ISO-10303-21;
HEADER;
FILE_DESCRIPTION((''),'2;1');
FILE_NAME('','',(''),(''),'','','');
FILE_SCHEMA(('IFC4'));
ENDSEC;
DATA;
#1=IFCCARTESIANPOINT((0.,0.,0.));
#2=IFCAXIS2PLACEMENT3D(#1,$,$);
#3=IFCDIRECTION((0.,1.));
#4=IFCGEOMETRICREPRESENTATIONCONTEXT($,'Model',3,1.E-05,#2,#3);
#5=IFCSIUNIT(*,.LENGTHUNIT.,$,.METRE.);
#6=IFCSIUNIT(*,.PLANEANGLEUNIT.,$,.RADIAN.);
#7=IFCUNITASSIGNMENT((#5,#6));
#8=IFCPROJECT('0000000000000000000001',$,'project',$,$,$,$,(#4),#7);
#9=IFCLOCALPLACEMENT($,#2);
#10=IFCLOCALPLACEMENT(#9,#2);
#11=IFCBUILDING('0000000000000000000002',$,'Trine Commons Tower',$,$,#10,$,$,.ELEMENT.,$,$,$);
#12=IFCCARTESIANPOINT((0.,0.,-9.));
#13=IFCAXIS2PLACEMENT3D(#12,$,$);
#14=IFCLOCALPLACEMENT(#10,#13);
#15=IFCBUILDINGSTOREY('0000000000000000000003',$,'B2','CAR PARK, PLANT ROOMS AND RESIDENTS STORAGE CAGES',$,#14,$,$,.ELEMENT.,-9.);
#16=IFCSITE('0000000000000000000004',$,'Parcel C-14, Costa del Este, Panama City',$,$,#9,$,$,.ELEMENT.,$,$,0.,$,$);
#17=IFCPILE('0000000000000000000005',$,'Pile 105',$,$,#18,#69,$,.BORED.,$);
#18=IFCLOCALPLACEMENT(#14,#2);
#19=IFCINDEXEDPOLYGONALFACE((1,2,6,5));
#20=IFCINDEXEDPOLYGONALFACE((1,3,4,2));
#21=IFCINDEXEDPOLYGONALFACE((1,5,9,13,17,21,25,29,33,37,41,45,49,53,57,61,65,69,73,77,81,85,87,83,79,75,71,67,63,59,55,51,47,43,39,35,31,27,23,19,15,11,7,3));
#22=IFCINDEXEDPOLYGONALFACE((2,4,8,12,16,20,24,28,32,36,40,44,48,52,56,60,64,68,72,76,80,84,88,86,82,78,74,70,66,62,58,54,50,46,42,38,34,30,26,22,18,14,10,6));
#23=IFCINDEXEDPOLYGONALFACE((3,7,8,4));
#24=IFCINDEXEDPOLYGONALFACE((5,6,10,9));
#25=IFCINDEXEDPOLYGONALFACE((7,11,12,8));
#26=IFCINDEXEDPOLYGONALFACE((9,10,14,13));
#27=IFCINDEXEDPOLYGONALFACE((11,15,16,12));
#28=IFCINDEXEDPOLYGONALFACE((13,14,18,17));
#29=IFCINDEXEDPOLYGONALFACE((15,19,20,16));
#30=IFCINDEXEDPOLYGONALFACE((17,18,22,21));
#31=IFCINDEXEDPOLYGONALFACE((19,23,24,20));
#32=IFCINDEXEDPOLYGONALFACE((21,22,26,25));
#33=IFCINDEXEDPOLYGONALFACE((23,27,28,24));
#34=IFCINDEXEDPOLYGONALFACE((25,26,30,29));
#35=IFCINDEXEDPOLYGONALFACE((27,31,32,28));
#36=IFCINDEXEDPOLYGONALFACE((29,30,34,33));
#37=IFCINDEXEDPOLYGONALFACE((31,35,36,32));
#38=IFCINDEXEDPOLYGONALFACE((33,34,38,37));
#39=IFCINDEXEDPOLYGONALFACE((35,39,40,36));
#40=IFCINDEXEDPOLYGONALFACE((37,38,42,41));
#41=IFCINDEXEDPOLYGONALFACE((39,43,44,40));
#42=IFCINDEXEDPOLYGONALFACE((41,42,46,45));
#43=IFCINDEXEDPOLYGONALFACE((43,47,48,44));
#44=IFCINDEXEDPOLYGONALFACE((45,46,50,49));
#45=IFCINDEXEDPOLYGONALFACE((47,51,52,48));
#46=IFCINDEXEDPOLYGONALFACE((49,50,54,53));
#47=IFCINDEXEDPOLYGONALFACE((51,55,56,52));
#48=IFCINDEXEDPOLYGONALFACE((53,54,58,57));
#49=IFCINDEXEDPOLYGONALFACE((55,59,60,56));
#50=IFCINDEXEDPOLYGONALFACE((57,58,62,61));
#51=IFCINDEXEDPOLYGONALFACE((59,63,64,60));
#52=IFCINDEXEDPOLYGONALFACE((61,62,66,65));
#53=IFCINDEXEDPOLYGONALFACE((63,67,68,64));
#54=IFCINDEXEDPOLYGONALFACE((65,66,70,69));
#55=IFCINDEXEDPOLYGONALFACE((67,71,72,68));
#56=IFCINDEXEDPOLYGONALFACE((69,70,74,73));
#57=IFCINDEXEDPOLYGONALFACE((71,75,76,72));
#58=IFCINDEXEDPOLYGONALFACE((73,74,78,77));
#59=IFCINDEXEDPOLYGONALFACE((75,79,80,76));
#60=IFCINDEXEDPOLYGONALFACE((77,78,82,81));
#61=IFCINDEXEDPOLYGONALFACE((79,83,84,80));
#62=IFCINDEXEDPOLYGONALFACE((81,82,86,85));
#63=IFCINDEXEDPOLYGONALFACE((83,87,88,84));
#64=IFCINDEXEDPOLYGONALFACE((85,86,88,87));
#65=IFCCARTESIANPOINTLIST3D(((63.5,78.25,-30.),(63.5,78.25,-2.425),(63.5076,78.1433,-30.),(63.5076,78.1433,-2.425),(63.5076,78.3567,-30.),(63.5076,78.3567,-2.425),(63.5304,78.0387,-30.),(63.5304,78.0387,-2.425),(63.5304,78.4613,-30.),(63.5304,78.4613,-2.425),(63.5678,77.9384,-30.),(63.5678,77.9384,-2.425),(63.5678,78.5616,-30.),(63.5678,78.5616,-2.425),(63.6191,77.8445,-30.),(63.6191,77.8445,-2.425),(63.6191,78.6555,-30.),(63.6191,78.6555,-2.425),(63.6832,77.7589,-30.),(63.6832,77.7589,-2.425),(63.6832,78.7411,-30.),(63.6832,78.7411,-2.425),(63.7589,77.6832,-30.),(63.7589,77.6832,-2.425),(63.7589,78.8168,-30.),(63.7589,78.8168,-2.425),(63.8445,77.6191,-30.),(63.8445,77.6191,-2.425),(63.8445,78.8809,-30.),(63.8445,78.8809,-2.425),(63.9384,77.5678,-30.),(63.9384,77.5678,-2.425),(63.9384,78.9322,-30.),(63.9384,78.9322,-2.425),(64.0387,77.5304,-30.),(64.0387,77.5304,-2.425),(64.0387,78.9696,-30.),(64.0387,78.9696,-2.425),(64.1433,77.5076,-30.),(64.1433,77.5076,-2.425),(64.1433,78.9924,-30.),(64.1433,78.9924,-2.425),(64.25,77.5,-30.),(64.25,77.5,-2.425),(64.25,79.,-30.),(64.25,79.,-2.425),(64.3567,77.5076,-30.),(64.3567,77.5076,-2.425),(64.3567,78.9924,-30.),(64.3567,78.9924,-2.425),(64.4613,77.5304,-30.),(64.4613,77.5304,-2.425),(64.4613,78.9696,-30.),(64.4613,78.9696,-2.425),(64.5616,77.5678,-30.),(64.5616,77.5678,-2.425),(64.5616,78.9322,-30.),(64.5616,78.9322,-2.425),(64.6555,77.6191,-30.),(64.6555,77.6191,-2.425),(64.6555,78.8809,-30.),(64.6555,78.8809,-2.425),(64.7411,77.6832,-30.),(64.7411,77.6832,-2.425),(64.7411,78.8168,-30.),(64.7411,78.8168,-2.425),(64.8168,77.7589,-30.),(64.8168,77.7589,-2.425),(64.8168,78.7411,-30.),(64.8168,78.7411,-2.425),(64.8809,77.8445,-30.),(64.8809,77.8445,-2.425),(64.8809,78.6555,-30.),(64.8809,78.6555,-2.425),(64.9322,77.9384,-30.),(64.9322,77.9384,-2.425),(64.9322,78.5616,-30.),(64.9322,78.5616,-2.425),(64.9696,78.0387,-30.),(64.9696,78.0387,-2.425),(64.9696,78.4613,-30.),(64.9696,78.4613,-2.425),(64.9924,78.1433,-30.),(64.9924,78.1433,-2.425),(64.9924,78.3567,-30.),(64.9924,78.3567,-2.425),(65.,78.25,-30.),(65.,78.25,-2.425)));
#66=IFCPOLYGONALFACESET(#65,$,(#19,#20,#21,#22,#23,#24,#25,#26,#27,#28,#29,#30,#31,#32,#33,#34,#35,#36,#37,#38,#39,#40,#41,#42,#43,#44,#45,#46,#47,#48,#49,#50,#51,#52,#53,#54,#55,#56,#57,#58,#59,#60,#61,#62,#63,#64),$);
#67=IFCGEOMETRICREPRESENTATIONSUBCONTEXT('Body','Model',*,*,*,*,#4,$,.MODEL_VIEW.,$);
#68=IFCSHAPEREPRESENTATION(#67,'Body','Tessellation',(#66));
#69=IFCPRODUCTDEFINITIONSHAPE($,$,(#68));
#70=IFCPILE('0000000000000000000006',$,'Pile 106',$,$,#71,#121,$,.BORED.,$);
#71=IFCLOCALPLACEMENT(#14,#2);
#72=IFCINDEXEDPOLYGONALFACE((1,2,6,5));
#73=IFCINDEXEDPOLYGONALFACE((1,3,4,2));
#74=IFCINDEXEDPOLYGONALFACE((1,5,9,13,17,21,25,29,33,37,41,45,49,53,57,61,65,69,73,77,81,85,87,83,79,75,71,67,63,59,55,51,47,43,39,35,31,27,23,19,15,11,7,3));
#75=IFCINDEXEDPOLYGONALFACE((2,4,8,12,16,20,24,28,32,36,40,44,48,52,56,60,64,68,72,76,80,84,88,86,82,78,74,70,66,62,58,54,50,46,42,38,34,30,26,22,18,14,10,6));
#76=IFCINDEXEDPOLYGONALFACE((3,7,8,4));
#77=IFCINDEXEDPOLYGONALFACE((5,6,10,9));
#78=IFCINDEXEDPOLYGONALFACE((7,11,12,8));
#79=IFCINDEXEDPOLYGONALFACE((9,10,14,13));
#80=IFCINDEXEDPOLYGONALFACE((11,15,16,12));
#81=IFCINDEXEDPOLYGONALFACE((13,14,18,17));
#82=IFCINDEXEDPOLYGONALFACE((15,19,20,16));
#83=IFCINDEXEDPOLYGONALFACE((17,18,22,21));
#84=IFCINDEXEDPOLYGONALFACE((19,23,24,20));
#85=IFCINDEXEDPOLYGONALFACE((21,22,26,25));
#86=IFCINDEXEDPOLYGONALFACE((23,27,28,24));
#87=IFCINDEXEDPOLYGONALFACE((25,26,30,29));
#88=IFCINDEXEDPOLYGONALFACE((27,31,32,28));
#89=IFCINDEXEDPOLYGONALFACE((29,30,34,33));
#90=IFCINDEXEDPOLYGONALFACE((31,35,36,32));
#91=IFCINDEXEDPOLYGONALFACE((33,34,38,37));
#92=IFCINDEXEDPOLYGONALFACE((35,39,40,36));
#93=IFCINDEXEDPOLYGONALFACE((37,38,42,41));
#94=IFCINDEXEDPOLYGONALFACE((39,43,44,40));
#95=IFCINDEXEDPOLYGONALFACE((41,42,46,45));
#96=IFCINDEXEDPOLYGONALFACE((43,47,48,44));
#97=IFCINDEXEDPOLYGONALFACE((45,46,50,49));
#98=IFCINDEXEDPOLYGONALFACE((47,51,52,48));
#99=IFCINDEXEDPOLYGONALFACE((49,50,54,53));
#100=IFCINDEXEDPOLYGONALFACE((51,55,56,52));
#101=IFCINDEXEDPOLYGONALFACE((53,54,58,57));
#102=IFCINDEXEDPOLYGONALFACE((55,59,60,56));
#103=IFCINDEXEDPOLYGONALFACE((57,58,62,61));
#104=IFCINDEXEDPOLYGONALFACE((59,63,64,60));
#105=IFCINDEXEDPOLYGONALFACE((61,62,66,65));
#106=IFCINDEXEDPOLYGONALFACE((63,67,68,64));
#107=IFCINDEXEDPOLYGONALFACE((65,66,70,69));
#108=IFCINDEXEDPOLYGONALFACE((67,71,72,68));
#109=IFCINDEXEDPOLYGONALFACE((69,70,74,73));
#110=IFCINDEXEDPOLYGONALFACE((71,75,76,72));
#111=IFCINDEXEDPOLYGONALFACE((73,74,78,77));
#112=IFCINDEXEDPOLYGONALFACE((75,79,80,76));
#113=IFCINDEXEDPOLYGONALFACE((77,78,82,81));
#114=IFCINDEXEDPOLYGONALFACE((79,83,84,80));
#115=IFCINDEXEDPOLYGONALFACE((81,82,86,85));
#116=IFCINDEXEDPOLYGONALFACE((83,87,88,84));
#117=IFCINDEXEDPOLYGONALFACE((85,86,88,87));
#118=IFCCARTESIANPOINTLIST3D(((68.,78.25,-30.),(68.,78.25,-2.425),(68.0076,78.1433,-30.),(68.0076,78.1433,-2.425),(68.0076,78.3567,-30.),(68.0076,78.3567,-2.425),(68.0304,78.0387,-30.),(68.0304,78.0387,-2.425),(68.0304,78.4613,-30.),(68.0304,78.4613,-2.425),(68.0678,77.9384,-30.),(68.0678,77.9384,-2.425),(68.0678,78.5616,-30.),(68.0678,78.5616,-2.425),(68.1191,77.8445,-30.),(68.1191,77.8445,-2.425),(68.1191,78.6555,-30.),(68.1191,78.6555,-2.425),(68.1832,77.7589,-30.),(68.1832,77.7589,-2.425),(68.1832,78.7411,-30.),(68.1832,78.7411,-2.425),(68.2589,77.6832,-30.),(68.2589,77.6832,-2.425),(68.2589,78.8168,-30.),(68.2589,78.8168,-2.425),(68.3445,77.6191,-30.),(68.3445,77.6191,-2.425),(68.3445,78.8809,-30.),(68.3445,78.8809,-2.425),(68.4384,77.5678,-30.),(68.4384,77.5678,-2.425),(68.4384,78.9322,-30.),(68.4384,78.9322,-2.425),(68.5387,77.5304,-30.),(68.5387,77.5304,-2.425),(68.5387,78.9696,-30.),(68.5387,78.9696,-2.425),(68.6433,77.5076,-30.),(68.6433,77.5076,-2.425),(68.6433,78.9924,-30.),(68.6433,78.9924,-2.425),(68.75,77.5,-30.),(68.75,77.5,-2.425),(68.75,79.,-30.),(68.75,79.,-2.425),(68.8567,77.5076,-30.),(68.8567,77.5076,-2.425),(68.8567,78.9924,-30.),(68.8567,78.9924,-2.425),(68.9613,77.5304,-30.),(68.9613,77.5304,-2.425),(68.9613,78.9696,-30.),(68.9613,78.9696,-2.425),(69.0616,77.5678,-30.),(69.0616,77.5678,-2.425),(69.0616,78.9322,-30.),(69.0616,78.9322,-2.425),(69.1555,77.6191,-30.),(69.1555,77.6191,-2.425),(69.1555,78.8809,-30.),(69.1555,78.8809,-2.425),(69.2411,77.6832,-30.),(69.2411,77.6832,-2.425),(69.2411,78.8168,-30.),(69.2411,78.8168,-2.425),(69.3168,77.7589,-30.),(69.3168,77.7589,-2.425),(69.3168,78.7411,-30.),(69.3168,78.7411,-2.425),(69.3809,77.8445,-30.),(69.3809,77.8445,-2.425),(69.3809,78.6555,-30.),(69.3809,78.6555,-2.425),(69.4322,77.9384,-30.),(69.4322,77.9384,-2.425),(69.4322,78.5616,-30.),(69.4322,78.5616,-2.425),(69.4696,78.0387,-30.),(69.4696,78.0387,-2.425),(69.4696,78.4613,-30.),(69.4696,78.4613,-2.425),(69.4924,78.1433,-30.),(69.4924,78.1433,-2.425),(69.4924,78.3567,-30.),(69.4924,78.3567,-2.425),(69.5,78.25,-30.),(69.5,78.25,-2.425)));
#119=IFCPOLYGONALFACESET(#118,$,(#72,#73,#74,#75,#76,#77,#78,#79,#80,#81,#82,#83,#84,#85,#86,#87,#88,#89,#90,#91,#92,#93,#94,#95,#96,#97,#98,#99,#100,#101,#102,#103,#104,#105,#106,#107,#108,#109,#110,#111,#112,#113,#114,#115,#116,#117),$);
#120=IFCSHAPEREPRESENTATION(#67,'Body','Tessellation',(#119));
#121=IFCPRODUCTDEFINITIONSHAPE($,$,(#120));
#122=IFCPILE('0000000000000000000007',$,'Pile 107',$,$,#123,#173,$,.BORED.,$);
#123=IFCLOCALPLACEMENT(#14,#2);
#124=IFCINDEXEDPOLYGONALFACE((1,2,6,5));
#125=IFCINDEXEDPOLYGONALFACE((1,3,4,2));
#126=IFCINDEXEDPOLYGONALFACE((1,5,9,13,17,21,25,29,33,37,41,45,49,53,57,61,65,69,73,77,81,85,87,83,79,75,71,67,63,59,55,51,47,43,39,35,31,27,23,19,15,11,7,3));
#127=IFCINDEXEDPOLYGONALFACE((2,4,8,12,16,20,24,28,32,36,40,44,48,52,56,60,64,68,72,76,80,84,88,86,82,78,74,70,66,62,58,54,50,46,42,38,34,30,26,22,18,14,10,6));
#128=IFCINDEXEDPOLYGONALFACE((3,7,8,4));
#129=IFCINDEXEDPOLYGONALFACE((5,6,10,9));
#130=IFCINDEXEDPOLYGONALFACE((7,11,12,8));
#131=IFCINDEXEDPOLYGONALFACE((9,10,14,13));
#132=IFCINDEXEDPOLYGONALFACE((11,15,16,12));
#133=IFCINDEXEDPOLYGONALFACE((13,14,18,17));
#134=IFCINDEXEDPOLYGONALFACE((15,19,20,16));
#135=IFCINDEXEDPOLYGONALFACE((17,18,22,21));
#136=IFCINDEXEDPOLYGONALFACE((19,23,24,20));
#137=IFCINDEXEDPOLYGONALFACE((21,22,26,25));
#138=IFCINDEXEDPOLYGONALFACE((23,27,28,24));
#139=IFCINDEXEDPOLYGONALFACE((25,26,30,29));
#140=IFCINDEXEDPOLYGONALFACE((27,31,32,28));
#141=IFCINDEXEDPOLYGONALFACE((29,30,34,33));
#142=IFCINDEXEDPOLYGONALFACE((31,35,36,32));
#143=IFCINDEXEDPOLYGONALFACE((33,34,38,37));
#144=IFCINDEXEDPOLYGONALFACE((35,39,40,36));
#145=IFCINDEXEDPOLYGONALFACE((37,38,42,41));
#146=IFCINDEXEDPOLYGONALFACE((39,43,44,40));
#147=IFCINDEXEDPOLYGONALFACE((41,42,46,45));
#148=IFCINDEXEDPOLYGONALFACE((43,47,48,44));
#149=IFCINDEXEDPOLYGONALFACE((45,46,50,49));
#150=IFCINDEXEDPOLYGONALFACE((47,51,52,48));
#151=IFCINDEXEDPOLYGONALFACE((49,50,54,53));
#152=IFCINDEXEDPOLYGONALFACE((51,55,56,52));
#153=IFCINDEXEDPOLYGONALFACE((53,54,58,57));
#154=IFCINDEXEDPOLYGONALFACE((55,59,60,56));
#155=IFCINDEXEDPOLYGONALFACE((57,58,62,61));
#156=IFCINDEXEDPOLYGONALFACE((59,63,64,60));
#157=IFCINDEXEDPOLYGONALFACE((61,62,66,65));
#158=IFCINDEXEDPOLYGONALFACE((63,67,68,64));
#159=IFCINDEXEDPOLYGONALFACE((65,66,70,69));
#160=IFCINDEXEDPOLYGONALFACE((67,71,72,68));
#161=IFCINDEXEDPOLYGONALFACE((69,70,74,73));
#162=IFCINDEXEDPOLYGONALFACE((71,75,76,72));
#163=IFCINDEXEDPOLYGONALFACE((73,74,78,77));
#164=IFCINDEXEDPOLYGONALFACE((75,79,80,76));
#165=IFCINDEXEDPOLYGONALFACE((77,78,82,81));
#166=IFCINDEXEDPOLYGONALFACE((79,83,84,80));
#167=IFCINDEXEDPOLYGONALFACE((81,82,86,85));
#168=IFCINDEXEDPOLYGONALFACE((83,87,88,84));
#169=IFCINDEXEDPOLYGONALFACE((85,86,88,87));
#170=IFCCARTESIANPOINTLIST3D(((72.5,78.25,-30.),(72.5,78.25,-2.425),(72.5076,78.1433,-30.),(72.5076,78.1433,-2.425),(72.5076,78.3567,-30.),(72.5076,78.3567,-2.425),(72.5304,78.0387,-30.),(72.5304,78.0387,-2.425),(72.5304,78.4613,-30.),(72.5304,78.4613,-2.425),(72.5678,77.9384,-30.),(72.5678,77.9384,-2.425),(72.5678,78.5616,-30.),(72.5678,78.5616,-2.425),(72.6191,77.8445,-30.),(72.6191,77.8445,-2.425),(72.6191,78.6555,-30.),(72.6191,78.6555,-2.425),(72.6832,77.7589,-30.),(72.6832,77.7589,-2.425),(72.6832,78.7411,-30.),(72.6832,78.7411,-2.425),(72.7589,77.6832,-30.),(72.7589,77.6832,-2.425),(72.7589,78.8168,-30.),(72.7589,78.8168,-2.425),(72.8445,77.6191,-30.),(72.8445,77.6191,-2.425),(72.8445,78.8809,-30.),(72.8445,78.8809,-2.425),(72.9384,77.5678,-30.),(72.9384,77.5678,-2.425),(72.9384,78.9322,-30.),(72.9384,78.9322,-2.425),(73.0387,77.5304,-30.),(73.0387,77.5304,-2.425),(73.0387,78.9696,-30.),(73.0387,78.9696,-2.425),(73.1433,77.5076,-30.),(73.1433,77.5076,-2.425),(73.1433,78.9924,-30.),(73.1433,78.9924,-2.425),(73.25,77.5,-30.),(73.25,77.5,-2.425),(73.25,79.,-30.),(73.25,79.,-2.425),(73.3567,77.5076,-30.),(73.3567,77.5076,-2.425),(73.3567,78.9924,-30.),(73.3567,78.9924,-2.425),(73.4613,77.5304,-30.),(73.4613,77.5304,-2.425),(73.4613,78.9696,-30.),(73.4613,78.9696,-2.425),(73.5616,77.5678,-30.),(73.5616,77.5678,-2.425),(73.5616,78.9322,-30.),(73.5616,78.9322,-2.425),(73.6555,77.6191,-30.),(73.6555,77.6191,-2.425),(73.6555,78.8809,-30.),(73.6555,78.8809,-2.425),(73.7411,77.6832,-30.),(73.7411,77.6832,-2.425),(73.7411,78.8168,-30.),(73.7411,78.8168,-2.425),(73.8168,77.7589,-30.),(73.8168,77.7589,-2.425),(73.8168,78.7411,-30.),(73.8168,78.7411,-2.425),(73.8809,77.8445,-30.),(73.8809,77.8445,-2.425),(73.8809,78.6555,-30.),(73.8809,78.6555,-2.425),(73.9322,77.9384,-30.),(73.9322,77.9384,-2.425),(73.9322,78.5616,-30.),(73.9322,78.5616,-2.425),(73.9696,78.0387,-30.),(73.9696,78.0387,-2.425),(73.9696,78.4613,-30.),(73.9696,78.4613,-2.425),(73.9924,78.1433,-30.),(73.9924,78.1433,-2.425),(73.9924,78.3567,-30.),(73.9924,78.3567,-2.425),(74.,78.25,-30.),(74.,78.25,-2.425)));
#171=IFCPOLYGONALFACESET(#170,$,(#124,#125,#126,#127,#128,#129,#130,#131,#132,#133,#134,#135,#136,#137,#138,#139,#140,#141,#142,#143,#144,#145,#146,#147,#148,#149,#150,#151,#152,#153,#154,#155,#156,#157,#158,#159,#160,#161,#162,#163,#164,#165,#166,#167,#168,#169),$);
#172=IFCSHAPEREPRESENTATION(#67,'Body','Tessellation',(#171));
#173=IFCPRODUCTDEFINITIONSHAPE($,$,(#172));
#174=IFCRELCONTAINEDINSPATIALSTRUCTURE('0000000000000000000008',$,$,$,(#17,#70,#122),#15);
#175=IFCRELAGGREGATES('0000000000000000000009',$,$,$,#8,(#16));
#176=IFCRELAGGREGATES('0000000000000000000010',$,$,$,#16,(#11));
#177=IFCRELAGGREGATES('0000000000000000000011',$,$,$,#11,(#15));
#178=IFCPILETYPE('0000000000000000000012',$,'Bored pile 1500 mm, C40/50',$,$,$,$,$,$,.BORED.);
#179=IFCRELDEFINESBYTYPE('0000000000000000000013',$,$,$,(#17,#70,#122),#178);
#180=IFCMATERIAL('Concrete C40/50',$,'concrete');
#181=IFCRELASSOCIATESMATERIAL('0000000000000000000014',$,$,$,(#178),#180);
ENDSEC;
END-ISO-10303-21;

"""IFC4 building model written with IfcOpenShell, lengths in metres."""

from ifc_helpers import new_model, si_unit, direction, frame, origin, origin_2d, place, context, subcontext, project, spatial, circle, extrude, material, type_object, element, save


model = new_model("IFC4")

# Units and contexts
model_context = context("Model", 3, precision=1e-05, world=origin(), true_north=direction((0.0, 1.0)))
body_context = subcontext(model_context, "Body", "Model", "MODEL_VIEW")
ifc_project = project(units=[si_unit("LENGTHUNIT", "METRE"), si_unit("PLANEANGLEUNIT", "RADIAN")], contexts=[model_context])

# Site, building, storey
site_placement = place(None, origin())
site = spatial("IfcSite", under=ifc_project, at=site_placement, Name="Parcel C-14, Costa del Este, Panama City", CompositionType="ELEMENT", RefElevation=0.0)
building_placement = place(site_placement, origin())
building = spatial("IfcBuilding", under=site, at=building_placement, Name="Trine Commons Tower", CompositionType="ELEMENT")
storey_placement = place(building_placement, frame((0.0, 0.0, -9.0)))
storey = spatial("IfcBuildingStorey", under=building, at=storey_placement, Name="B2", Description="CAR PARK, PLANT ROOMS AND RESIDENTS STORAGE CAGES", CompositionType="ELEMENT", Elevation=-9.0)

# Piles
ifc_material_1 = material(Name="Concrete C40/50", Category="concrete")
pile_type = type_object("IfcPileType", Name="Bored pile 1500 mm, C40/50", PredefinedType="BORED", material=ifc_material_1)
for number, where, z_axis, x_axis, name in (
    (1, (64.25, 78.25, -2.425), (0.0, 0.0, -1.0), (1.0, 0.0, 0.0), "Pile 105"),
    (2, (68.75, 78.25, -2.425), (0.0, 0.0, -1.0), (1.0, 0.0, 0.0), "Pile 106"),
    (3, (73.25, 78.25, -2.425), (0.0, 0.0, -1.0), (1.0, 0.0, 0.0), "Pile 107"),
):
    element("IfcPile", number, at=place(storey_placement, frame(where, z_axis=z_axis, x_axis=x_axis)), inside=storey, type_object=pile_type, Name=name, PredefinedType="BORED", context=body_context, shape_type="SweptSolid", body=[
        extrude(circle(Radius=0.75, at=origin_2d()), origin(), (0.0, 0.0, 1.0), 27.575),
    ])

save(model, "model.ifc")
